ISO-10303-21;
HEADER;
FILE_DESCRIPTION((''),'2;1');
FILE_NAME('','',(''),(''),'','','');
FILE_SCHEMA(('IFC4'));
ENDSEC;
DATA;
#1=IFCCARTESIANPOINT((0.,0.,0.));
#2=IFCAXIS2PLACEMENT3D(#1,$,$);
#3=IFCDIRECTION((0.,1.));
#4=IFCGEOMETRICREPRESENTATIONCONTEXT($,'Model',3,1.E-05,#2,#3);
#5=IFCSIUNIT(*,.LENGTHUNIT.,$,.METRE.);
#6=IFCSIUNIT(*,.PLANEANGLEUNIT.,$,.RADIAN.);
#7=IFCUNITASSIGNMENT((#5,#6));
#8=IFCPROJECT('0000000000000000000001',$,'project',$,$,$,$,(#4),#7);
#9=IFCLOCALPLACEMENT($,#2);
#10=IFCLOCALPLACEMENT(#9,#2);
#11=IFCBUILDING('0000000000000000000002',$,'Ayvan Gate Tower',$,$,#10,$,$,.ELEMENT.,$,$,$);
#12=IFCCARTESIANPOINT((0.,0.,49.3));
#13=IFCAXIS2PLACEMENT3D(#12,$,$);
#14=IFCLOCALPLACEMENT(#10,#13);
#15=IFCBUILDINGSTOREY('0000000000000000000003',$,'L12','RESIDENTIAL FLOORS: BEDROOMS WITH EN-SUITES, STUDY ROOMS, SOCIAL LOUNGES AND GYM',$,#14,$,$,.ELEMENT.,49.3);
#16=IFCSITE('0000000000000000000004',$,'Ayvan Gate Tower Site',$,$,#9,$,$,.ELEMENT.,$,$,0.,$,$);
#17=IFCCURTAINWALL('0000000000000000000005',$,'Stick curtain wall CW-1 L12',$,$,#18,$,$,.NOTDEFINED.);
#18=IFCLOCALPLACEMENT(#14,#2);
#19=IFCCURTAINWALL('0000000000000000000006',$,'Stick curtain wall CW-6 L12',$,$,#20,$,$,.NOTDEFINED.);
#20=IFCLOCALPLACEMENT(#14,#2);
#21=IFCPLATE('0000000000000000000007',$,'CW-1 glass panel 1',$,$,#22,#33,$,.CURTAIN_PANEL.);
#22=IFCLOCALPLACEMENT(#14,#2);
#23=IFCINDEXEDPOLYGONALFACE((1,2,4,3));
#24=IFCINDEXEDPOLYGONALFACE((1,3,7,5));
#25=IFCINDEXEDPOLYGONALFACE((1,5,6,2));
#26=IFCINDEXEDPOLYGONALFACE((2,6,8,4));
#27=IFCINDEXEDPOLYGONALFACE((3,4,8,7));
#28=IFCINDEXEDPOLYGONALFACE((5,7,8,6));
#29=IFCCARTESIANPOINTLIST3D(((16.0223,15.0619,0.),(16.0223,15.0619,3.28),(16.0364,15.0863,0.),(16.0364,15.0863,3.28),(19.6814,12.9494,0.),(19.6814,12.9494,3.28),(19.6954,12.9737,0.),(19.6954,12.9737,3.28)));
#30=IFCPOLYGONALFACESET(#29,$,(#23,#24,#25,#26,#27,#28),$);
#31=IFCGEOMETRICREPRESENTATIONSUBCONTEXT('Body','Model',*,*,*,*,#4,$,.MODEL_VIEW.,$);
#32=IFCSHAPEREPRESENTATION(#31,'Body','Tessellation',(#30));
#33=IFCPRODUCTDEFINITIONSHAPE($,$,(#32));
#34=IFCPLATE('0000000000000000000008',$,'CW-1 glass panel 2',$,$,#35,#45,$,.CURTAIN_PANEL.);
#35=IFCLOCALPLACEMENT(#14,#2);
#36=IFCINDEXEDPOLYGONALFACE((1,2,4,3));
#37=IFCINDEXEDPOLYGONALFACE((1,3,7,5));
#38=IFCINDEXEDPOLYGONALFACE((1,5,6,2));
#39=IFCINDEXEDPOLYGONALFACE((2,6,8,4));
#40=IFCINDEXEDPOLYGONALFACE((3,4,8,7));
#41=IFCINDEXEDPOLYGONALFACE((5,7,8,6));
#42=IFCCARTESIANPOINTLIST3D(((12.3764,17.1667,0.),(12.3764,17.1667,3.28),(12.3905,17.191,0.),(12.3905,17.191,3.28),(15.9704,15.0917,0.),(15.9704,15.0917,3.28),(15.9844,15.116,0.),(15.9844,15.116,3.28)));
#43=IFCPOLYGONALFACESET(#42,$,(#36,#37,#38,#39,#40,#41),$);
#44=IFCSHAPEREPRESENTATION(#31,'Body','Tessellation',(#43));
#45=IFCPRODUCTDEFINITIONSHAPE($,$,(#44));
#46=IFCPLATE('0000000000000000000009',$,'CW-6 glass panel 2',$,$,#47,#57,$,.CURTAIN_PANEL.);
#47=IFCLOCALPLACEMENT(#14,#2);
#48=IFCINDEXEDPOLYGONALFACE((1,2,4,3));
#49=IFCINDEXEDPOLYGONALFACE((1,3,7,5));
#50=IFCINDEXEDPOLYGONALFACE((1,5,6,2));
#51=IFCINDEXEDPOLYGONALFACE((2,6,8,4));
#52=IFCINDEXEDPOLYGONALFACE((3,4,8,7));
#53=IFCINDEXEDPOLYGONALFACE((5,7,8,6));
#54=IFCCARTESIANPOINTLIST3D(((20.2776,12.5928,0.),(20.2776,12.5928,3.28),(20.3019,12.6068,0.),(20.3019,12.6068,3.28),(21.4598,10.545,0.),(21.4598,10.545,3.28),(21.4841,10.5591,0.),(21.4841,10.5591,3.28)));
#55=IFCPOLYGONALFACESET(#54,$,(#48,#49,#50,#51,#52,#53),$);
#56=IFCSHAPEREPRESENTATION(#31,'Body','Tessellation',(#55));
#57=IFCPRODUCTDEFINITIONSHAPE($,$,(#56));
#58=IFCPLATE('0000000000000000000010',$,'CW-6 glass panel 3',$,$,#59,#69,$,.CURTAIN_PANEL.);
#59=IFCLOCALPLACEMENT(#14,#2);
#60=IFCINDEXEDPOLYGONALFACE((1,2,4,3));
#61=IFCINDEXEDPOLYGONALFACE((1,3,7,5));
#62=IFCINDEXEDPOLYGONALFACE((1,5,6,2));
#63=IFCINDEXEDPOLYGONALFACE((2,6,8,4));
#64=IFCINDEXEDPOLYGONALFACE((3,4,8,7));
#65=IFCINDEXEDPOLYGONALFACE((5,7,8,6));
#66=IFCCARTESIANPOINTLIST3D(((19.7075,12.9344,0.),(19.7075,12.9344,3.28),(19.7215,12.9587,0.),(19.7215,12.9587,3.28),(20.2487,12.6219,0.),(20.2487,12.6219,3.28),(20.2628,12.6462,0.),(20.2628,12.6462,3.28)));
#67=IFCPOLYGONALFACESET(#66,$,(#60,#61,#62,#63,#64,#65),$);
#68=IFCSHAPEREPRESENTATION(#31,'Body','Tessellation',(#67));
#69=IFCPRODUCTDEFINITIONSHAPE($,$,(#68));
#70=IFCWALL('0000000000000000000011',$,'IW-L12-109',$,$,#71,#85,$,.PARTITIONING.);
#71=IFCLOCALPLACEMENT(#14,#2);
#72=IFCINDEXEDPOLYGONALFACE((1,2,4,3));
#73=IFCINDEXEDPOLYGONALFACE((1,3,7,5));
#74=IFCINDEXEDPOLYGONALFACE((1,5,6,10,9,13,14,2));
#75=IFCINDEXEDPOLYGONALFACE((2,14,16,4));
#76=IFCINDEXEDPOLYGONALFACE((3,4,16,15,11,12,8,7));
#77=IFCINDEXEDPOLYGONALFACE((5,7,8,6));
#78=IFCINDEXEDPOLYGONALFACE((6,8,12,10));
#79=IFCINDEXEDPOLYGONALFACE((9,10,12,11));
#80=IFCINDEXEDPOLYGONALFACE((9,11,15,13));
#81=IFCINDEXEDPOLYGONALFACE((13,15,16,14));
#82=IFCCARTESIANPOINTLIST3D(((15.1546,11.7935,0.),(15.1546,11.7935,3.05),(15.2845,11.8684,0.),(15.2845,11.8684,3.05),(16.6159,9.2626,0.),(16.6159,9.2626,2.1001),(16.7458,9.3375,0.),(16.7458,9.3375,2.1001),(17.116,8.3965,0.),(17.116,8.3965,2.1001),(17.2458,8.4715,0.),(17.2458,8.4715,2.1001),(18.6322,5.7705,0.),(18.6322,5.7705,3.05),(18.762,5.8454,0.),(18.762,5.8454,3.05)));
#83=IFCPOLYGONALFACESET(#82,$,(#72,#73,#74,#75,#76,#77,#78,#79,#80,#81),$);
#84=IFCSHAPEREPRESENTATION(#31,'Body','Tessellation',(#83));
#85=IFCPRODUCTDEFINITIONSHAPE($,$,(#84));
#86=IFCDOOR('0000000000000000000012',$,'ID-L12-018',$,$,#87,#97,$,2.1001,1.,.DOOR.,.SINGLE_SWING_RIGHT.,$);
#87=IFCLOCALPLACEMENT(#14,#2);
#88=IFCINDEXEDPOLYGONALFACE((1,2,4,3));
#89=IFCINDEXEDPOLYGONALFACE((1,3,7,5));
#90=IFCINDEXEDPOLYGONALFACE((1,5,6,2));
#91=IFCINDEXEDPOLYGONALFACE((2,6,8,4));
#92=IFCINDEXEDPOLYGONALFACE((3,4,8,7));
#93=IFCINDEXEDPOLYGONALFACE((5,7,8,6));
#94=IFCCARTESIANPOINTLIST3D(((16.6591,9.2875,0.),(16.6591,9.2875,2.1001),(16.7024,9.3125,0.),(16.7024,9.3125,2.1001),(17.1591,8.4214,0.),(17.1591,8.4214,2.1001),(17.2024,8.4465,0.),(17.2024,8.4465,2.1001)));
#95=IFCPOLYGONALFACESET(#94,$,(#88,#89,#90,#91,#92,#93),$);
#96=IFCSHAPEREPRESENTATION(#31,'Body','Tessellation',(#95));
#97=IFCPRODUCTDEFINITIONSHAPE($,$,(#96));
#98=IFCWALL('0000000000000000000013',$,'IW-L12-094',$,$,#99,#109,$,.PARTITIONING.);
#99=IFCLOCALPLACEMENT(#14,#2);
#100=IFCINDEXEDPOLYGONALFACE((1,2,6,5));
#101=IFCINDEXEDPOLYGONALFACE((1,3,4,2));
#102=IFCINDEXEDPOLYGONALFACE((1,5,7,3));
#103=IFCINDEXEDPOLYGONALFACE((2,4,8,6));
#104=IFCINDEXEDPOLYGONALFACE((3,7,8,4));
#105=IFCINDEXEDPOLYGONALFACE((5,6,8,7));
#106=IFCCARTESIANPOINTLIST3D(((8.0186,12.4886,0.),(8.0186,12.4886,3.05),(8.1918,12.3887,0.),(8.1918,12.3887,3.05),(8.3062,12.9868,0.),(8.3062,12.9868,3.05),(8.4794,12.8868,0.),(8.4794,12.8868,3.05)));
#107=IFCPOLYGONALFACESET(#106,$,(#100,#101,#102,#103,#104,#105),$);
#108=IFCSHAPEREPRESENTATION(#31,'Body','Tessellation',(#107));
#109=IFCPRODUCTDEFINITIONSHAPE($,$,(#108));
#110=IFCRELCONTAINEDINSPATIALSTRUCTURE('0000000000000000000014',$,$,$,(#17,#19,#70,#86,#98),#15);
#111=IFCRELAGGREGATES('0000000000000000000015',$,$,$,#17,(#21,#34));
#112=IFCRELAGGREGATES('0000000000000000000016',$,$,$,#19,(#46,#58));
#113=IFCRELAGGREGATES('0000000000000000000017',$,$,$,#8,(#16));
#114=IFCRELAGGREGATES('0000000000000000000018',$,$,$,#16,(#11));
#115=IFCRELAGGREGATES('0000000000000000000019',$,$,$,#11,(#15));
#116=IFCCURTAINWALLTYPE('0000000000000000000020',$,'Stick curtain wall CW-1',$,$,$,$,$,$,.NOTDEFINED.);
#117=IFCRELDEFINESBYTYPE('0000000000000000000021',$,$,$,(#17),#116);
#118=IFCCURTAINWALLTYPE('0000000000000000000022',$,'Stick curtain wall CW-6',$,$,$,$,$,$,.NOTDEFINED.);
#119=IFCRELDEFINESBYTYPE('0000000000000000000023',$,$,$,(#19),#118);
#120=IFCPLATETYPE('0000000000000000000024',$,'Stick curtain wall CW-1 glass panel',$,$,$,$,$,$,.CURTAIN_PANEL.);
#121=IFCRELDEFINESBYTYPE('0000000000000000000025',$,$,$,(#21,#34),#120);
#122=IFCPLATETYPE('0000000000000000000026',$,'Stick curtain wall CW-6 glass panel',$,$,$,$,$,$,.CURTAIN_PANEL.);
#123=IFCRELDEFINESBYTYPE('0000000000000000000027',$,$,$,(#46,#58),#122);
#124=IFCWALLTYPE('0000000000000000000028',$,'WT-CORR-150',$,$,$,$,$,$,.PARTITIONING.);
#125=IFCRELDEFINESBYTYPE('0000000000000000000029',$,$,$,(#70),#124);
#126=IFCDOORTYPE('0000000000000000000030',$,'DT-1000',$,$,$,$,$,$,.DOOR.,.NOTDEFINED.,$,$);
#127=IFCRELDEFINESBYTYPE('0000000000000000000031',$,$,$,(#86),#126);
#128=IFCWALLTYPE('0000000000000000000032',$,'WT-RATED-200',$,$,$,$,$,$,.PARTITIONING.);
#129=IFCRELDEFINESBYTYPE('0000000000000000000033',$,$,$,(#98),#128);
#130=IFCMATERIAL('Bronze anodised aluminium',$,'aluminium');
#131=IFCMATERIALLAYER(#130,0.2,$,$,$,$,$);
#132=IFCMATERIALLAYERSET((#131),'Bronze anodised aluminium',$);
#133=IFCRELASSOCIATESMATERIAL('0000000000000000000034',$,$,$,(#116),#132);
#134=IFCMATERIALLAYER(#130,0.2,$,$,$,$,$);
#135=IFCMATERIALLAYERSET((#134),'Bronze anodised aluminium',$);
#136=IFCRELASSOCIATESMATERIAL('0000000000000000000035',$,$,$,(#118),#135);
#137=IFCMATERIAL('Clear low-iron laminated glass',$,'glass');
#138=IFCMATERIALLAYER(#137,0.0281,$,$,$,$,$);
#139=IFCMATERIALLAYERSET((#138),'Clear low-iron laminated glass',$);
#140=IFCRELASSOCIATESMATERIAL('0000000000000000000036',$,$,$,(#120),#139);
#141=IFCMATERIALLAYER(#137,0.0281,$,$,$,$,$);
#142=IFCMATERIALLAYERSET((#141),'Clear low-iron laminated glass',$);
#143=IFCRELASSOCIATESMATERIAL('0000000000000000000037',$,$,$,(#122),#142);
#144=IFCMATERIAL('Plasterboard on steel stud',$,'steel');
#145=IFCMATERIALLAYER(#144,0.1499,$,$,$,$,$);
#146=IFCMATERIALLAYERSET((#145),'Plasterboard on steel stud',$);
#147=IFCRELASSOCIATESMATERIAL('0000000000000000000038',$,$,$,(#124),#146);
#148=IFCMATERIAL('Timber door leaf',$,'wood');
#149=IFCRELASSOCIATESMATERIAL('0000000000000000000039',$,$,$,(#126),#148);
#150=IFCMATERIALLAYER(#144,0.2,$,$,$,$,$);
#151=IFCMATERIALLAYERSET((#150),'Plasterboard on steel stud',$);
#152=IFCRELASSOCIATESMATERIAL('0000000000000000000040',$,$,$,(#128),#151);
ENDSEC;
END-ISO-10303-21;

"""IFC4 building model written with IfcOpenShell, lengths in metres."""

from ifc_helpers import new_model, si_unit, direction, frame, frame_2d, origin, origin_2d, place, context, subcontext, project, spatial, rectangle, extrude, material, layer, layer_set, type_object, element, fill, aggregate, save


model = new_model("IFC4")

# Units and contexts
model_context = context("Model", 3, precision=1e-05, world=origin(), true_north=direction((0.0, 1.0)))
body_context = subcontext(model_context, "Body", "Model", "MODEL_VIEW")
ifc_project = project(units=[si_unit("LENGTHUNIT", "METRE"), si_unit("PLANEANGLEUNIT", "RADIAN")], contexts=[model_context])

# Site, building, storey
site_placement = place(None, origin())
site = spatial("IfcSite", under=ifc_project, at=site_placement, Name="Ayvan Gate Tower Site", CompositionType="ELEMENT", RefElevation=0.0)
building_placement = place(site_placement, origin())
building = spatial("IfcBuilding", under=site, at=building_placement, Name="Ayvan Gate Tower", CompositionType="ELEMENT")
storey_placement = place(building_placement, frame((0.0, 0.0, 49.3)))
storey = spatial("IfcBuildingStorey", under=building, at=storey_placement, Name="L12", Description="RESIDENTIAL FLOORS: BEDROOMS WITH EN-SUITES, STUDY ROOMS, SOCIAL LOUNGES AND GYM", CompositionType="ELEMENT", Elevation=49.3)

# Curtain wall
ifc_material_1 = material(Name="Bronze anodised aluminium", Category="aluminium")
ifc_layer_1 = layer(ifc_material_1, 0.2)
ifc_layer_set_1 = layer_set([ifc_layer_1], Name="Bronze anodised aluminium")
curtain_wall_type_1 = type_object("IfcCurtainWallType", Name="Stick curtain wall CW-1", PredefinedType="NOTDEFINED", material=ifc_layer_set_1)
curtain_wall_1_placement = place(storey_placement, origin())
curtain_wall_1 = element("IfcCurtainWall", 1, at=curtain_wall_1_placement, inside=storey, type_object=curtain_wall_type_1, Name="Stick curtain wall CW-1 L12", PredefinedType="NOTDEFINED")

# Curtain wall
ifc_layer_2 = layer(ifc_material_1, 0.2)
ifc_layer_set_2 = layer_set([ifc_layer_2], Name="Bronze anodised aluminium")
curtain_wall_type_2 = type_object("IfcCurtainWallType", Name="Stick curtain wall CW-6", PredefinedType="NOTDEFINED", material=ifc_layer_set_2)
curtain_wall_2_placement = place(storey_placement, origin())
curtain_wall_2 = element("IfcCurtainWall", 2, at=curtain_wall_2_placement, inside=storey, type_object=curtain_wall_type_2, Name="Stick curtain wall CW-6 L12", PredefinedType="NOTDEFINED")

# Plates
ifc_material_2 = material(Name="Clear low-iron laminated glass", Category="glass")
ifc_layer_3 = layer(ifc_material_2, 0.0281)
ifc_layer_set_3 = layer_set([ifc_layer_3], Name="Clear low-iron laminated glass")
plate_type_1 = type_object("IfcPlateType", Name="Stick curtain wall CW-1 glass panel", PredefinedType="CURTAIN_PANEL", material=ifc_layer_set_3)
plate_1_placement = place(storey_placement, frame((17.8589, 14.0178, 0.0), z_axis=(0.0, 0.0, 1.0), x_axis=(-0.866025, 0.5, 0.0)))
plate_1 = element("IfcPlate", 3, at=plate_1_placement, type_object=plate_type_1, Name="CW-1 glass panel 1", PredefinedType="CURTAIN_PANEL", context=body_context, shape_type="SweptSolid", body=[
    extrude(rectangle(XDim=4.2251, YDim=0.0281, at=origin_2d()), origin(), (0.0, 0.0, 1.0), 3.28),
])
plate_2_placement = place(storey_placement, frame((14.1804, 16.1414, 0.0), z_axis=(0.0, 0.0, 1.0), x_axis=(-0.866025, 0.5, 0.0)))
plate_2 = element("IfcPlate", 4, at=plate_2_placement, type_object=plate_type_1, Name="CW-1 glass panel 2", PredefinedType="CURTAIN_PANEL", context=body_context, shape_type="SweptSolid", body=[
    extrude(rectangle(XDim=4.1499, YDim=0.0281, at=origin_2d()), origin(), (0.0, 0.0, 1.0), 3.28),
])
aggregate(curtain_wall_1, [plate_1, plate_2])
ifc_layer_4 = layer(ifc_material_2, 0.0281)
ifc_layer_set_4 = layer_set([ifc_layer_4], Name="Clear low-iron laminated glass")
plate_type_2 = type_object("IfcPlateType", Name="Stick curtain wall CW-6 glass panel", PredefinedType="CURTAIN_PANEL", material=ifc_layer_set_4)
plate_3_placement = place(storey_placement, frame((20.8809, 11.5759, 0.0), z_axis=(0.0, 0.0, 1.0), x_axis=(-0.5, 0.866025, 0.0)))
plate_3 = element("IfcPlate", 5, at=plate_3_placement, type_object=plate_type_2, Name="CW-6 glass panel 2", PredefinedType="CURTAIN_PANEL", context=body_context, shape_type="SweptSolid", body=[
    extrude(rectangle(XDim=2.3645, YDim=0.0281, at=origin_2d()), origin(), (0.0, 0.0, 1.0), 3.28),
])
plate_4_placement = place(storey_placement, frame((19.9851, 12.7903, 0.0), z_axis=(0.0, 0.0, 1.0), x_axis=(-0.866025, 0.5, 0.0)))
plate_4 = element("IfcPlate", 6, at=plate_4_placement, type_object=plate_type_2, Name="CW-6 glass panel 3", PredefinedType="CURTAIN_PANEL", context=body_context, shape_type="SweptSolid", body=[
    extrude(rectangle(XDim=0.625, YDim=0.0281, at=origin_2d()), origin(), (0.0, 0.0, 1.0), 3.28),
])
aggregate(curtain_wall_2, [plate_3, plate_4])

# Wall, opening, door
ifc_material_3 = material(Name="Plasterboard on steel stud", Category="steel")
ifc_layer_5 = layer(ifc_material_3, 0.1499)
ifc_layer_set_5 = layer_set([ifc_layer_5], Name="Plasterboard on steel stud")
wall_type_1 = type_object("IfcWallType", Name="WT-CORR-150", PredefinedType="PARTITIONING", material=ifc_layer_set_5)
wall_1_placement = place(storey_placement, frame((15.2195, 11.8311, 0.0), z_axis=(0.0, 0.0, 1.0), x_axis=(0.50002, -0.866014, 0.0)))
wall_1 = element("IfcWall", 7, at=wall_1_placement, inside=storey, type_object=wall_type_1, Name="IW-L12-109", PredefinedType="PARTITIONING", context=body_context, shape_type="SweptSolid", body=[
    extrude(rectangle(XDim=6.9548, YDim=0.1499, at=frame_2d((3.4775, 0.0))), origin(), (0.0, 0.0, 1.0), 3.05),
])
opening_1_placement = place(wall_1_placement, frame((2.9226, 0.0, 0.0)))
opening_1 = element("IfcOpeningElement", 8, at=opening_1_placement, cuts=wall_1, PredefinedType="OPENING", context=body_context, shape_type="SweptSolid", body=[
    extrude(rectangle(XDim=1.0, YDim=2.1001, at=frame_2d((0.5, 1.05))), frame((0.0, 0.085, 0.0), z_axis=(0.0, -1.0, 0.0), x_axis=(1.0, 0.0, 0.0)), (0.0, 0.0, 1.0), 0.1699),
])
ifc_material_4 = material(Name="Timber door leaf", Category="wood")
door_type_1 = type_object("IfcDoorType", Name="DT-1000", OperationType="NOTDEFINED", PredefinedType="DOOR", material=ifc_material_4)
door_1_placement = place(opening_1_placement, origin())
door_1 = element("IfcDoor", 9, at=door_1_placement, inside=storey, type_object=door_type_1, Name="ID-L12-018", OperationType="SINGLE_SWING_RIGHT", OverallHeight=2.1001, OverallWidth=1.0, PredefinedType="DOOR", context=body_context, shape_type="SweptSolid", body=[
    extrude(rectangle(XDim=1.0, YDim=2.1001, at=frame_2d((0.5, 1.05))), frame((0.0, 0.0249, 0.0), z_axis=(0.0, -1.0, 0.0), x_axis=(1.0, 0.0, 0.0)), (0.0, 0.0, 1.0), 0.05),
])
fill(opening_1, door_1)

# Wall
ifc_layer_6 = layer(ifc_material_3, 0.2)
ifc_layer_set_6 = layer_set([ifc_layer_6], Name="Plasterboard on steel stud")
wall_type_2 = type_object("IfcWallType", Name="WT-RATED-200", PredefinedType="PARTITIONING", material=ifc_layer_set_6)
wall_2_placement = place(storey_placement, frame((8.3928, 12.9368, 0.0), z_axis=(0.0, 0.0, 1.0), x_axis=(-0.500065, -0.865988, 0.0)))
element("IfcWall", 10, at=wall_2_placement, inside=storey, type_object=wall_type_2, Name="IW-L12-094", PredefinedType="PARTITIONING", context=body_context, shape_type="SweptSolid", body=[
    extrude(rectangle(XDim=0.5752, YDim=0.2, at=frame_2d((0.2876, 0.0))), origin(), (0.0, 0.0, 1.0), 3.05),
])

save(model, "model.ifc")
